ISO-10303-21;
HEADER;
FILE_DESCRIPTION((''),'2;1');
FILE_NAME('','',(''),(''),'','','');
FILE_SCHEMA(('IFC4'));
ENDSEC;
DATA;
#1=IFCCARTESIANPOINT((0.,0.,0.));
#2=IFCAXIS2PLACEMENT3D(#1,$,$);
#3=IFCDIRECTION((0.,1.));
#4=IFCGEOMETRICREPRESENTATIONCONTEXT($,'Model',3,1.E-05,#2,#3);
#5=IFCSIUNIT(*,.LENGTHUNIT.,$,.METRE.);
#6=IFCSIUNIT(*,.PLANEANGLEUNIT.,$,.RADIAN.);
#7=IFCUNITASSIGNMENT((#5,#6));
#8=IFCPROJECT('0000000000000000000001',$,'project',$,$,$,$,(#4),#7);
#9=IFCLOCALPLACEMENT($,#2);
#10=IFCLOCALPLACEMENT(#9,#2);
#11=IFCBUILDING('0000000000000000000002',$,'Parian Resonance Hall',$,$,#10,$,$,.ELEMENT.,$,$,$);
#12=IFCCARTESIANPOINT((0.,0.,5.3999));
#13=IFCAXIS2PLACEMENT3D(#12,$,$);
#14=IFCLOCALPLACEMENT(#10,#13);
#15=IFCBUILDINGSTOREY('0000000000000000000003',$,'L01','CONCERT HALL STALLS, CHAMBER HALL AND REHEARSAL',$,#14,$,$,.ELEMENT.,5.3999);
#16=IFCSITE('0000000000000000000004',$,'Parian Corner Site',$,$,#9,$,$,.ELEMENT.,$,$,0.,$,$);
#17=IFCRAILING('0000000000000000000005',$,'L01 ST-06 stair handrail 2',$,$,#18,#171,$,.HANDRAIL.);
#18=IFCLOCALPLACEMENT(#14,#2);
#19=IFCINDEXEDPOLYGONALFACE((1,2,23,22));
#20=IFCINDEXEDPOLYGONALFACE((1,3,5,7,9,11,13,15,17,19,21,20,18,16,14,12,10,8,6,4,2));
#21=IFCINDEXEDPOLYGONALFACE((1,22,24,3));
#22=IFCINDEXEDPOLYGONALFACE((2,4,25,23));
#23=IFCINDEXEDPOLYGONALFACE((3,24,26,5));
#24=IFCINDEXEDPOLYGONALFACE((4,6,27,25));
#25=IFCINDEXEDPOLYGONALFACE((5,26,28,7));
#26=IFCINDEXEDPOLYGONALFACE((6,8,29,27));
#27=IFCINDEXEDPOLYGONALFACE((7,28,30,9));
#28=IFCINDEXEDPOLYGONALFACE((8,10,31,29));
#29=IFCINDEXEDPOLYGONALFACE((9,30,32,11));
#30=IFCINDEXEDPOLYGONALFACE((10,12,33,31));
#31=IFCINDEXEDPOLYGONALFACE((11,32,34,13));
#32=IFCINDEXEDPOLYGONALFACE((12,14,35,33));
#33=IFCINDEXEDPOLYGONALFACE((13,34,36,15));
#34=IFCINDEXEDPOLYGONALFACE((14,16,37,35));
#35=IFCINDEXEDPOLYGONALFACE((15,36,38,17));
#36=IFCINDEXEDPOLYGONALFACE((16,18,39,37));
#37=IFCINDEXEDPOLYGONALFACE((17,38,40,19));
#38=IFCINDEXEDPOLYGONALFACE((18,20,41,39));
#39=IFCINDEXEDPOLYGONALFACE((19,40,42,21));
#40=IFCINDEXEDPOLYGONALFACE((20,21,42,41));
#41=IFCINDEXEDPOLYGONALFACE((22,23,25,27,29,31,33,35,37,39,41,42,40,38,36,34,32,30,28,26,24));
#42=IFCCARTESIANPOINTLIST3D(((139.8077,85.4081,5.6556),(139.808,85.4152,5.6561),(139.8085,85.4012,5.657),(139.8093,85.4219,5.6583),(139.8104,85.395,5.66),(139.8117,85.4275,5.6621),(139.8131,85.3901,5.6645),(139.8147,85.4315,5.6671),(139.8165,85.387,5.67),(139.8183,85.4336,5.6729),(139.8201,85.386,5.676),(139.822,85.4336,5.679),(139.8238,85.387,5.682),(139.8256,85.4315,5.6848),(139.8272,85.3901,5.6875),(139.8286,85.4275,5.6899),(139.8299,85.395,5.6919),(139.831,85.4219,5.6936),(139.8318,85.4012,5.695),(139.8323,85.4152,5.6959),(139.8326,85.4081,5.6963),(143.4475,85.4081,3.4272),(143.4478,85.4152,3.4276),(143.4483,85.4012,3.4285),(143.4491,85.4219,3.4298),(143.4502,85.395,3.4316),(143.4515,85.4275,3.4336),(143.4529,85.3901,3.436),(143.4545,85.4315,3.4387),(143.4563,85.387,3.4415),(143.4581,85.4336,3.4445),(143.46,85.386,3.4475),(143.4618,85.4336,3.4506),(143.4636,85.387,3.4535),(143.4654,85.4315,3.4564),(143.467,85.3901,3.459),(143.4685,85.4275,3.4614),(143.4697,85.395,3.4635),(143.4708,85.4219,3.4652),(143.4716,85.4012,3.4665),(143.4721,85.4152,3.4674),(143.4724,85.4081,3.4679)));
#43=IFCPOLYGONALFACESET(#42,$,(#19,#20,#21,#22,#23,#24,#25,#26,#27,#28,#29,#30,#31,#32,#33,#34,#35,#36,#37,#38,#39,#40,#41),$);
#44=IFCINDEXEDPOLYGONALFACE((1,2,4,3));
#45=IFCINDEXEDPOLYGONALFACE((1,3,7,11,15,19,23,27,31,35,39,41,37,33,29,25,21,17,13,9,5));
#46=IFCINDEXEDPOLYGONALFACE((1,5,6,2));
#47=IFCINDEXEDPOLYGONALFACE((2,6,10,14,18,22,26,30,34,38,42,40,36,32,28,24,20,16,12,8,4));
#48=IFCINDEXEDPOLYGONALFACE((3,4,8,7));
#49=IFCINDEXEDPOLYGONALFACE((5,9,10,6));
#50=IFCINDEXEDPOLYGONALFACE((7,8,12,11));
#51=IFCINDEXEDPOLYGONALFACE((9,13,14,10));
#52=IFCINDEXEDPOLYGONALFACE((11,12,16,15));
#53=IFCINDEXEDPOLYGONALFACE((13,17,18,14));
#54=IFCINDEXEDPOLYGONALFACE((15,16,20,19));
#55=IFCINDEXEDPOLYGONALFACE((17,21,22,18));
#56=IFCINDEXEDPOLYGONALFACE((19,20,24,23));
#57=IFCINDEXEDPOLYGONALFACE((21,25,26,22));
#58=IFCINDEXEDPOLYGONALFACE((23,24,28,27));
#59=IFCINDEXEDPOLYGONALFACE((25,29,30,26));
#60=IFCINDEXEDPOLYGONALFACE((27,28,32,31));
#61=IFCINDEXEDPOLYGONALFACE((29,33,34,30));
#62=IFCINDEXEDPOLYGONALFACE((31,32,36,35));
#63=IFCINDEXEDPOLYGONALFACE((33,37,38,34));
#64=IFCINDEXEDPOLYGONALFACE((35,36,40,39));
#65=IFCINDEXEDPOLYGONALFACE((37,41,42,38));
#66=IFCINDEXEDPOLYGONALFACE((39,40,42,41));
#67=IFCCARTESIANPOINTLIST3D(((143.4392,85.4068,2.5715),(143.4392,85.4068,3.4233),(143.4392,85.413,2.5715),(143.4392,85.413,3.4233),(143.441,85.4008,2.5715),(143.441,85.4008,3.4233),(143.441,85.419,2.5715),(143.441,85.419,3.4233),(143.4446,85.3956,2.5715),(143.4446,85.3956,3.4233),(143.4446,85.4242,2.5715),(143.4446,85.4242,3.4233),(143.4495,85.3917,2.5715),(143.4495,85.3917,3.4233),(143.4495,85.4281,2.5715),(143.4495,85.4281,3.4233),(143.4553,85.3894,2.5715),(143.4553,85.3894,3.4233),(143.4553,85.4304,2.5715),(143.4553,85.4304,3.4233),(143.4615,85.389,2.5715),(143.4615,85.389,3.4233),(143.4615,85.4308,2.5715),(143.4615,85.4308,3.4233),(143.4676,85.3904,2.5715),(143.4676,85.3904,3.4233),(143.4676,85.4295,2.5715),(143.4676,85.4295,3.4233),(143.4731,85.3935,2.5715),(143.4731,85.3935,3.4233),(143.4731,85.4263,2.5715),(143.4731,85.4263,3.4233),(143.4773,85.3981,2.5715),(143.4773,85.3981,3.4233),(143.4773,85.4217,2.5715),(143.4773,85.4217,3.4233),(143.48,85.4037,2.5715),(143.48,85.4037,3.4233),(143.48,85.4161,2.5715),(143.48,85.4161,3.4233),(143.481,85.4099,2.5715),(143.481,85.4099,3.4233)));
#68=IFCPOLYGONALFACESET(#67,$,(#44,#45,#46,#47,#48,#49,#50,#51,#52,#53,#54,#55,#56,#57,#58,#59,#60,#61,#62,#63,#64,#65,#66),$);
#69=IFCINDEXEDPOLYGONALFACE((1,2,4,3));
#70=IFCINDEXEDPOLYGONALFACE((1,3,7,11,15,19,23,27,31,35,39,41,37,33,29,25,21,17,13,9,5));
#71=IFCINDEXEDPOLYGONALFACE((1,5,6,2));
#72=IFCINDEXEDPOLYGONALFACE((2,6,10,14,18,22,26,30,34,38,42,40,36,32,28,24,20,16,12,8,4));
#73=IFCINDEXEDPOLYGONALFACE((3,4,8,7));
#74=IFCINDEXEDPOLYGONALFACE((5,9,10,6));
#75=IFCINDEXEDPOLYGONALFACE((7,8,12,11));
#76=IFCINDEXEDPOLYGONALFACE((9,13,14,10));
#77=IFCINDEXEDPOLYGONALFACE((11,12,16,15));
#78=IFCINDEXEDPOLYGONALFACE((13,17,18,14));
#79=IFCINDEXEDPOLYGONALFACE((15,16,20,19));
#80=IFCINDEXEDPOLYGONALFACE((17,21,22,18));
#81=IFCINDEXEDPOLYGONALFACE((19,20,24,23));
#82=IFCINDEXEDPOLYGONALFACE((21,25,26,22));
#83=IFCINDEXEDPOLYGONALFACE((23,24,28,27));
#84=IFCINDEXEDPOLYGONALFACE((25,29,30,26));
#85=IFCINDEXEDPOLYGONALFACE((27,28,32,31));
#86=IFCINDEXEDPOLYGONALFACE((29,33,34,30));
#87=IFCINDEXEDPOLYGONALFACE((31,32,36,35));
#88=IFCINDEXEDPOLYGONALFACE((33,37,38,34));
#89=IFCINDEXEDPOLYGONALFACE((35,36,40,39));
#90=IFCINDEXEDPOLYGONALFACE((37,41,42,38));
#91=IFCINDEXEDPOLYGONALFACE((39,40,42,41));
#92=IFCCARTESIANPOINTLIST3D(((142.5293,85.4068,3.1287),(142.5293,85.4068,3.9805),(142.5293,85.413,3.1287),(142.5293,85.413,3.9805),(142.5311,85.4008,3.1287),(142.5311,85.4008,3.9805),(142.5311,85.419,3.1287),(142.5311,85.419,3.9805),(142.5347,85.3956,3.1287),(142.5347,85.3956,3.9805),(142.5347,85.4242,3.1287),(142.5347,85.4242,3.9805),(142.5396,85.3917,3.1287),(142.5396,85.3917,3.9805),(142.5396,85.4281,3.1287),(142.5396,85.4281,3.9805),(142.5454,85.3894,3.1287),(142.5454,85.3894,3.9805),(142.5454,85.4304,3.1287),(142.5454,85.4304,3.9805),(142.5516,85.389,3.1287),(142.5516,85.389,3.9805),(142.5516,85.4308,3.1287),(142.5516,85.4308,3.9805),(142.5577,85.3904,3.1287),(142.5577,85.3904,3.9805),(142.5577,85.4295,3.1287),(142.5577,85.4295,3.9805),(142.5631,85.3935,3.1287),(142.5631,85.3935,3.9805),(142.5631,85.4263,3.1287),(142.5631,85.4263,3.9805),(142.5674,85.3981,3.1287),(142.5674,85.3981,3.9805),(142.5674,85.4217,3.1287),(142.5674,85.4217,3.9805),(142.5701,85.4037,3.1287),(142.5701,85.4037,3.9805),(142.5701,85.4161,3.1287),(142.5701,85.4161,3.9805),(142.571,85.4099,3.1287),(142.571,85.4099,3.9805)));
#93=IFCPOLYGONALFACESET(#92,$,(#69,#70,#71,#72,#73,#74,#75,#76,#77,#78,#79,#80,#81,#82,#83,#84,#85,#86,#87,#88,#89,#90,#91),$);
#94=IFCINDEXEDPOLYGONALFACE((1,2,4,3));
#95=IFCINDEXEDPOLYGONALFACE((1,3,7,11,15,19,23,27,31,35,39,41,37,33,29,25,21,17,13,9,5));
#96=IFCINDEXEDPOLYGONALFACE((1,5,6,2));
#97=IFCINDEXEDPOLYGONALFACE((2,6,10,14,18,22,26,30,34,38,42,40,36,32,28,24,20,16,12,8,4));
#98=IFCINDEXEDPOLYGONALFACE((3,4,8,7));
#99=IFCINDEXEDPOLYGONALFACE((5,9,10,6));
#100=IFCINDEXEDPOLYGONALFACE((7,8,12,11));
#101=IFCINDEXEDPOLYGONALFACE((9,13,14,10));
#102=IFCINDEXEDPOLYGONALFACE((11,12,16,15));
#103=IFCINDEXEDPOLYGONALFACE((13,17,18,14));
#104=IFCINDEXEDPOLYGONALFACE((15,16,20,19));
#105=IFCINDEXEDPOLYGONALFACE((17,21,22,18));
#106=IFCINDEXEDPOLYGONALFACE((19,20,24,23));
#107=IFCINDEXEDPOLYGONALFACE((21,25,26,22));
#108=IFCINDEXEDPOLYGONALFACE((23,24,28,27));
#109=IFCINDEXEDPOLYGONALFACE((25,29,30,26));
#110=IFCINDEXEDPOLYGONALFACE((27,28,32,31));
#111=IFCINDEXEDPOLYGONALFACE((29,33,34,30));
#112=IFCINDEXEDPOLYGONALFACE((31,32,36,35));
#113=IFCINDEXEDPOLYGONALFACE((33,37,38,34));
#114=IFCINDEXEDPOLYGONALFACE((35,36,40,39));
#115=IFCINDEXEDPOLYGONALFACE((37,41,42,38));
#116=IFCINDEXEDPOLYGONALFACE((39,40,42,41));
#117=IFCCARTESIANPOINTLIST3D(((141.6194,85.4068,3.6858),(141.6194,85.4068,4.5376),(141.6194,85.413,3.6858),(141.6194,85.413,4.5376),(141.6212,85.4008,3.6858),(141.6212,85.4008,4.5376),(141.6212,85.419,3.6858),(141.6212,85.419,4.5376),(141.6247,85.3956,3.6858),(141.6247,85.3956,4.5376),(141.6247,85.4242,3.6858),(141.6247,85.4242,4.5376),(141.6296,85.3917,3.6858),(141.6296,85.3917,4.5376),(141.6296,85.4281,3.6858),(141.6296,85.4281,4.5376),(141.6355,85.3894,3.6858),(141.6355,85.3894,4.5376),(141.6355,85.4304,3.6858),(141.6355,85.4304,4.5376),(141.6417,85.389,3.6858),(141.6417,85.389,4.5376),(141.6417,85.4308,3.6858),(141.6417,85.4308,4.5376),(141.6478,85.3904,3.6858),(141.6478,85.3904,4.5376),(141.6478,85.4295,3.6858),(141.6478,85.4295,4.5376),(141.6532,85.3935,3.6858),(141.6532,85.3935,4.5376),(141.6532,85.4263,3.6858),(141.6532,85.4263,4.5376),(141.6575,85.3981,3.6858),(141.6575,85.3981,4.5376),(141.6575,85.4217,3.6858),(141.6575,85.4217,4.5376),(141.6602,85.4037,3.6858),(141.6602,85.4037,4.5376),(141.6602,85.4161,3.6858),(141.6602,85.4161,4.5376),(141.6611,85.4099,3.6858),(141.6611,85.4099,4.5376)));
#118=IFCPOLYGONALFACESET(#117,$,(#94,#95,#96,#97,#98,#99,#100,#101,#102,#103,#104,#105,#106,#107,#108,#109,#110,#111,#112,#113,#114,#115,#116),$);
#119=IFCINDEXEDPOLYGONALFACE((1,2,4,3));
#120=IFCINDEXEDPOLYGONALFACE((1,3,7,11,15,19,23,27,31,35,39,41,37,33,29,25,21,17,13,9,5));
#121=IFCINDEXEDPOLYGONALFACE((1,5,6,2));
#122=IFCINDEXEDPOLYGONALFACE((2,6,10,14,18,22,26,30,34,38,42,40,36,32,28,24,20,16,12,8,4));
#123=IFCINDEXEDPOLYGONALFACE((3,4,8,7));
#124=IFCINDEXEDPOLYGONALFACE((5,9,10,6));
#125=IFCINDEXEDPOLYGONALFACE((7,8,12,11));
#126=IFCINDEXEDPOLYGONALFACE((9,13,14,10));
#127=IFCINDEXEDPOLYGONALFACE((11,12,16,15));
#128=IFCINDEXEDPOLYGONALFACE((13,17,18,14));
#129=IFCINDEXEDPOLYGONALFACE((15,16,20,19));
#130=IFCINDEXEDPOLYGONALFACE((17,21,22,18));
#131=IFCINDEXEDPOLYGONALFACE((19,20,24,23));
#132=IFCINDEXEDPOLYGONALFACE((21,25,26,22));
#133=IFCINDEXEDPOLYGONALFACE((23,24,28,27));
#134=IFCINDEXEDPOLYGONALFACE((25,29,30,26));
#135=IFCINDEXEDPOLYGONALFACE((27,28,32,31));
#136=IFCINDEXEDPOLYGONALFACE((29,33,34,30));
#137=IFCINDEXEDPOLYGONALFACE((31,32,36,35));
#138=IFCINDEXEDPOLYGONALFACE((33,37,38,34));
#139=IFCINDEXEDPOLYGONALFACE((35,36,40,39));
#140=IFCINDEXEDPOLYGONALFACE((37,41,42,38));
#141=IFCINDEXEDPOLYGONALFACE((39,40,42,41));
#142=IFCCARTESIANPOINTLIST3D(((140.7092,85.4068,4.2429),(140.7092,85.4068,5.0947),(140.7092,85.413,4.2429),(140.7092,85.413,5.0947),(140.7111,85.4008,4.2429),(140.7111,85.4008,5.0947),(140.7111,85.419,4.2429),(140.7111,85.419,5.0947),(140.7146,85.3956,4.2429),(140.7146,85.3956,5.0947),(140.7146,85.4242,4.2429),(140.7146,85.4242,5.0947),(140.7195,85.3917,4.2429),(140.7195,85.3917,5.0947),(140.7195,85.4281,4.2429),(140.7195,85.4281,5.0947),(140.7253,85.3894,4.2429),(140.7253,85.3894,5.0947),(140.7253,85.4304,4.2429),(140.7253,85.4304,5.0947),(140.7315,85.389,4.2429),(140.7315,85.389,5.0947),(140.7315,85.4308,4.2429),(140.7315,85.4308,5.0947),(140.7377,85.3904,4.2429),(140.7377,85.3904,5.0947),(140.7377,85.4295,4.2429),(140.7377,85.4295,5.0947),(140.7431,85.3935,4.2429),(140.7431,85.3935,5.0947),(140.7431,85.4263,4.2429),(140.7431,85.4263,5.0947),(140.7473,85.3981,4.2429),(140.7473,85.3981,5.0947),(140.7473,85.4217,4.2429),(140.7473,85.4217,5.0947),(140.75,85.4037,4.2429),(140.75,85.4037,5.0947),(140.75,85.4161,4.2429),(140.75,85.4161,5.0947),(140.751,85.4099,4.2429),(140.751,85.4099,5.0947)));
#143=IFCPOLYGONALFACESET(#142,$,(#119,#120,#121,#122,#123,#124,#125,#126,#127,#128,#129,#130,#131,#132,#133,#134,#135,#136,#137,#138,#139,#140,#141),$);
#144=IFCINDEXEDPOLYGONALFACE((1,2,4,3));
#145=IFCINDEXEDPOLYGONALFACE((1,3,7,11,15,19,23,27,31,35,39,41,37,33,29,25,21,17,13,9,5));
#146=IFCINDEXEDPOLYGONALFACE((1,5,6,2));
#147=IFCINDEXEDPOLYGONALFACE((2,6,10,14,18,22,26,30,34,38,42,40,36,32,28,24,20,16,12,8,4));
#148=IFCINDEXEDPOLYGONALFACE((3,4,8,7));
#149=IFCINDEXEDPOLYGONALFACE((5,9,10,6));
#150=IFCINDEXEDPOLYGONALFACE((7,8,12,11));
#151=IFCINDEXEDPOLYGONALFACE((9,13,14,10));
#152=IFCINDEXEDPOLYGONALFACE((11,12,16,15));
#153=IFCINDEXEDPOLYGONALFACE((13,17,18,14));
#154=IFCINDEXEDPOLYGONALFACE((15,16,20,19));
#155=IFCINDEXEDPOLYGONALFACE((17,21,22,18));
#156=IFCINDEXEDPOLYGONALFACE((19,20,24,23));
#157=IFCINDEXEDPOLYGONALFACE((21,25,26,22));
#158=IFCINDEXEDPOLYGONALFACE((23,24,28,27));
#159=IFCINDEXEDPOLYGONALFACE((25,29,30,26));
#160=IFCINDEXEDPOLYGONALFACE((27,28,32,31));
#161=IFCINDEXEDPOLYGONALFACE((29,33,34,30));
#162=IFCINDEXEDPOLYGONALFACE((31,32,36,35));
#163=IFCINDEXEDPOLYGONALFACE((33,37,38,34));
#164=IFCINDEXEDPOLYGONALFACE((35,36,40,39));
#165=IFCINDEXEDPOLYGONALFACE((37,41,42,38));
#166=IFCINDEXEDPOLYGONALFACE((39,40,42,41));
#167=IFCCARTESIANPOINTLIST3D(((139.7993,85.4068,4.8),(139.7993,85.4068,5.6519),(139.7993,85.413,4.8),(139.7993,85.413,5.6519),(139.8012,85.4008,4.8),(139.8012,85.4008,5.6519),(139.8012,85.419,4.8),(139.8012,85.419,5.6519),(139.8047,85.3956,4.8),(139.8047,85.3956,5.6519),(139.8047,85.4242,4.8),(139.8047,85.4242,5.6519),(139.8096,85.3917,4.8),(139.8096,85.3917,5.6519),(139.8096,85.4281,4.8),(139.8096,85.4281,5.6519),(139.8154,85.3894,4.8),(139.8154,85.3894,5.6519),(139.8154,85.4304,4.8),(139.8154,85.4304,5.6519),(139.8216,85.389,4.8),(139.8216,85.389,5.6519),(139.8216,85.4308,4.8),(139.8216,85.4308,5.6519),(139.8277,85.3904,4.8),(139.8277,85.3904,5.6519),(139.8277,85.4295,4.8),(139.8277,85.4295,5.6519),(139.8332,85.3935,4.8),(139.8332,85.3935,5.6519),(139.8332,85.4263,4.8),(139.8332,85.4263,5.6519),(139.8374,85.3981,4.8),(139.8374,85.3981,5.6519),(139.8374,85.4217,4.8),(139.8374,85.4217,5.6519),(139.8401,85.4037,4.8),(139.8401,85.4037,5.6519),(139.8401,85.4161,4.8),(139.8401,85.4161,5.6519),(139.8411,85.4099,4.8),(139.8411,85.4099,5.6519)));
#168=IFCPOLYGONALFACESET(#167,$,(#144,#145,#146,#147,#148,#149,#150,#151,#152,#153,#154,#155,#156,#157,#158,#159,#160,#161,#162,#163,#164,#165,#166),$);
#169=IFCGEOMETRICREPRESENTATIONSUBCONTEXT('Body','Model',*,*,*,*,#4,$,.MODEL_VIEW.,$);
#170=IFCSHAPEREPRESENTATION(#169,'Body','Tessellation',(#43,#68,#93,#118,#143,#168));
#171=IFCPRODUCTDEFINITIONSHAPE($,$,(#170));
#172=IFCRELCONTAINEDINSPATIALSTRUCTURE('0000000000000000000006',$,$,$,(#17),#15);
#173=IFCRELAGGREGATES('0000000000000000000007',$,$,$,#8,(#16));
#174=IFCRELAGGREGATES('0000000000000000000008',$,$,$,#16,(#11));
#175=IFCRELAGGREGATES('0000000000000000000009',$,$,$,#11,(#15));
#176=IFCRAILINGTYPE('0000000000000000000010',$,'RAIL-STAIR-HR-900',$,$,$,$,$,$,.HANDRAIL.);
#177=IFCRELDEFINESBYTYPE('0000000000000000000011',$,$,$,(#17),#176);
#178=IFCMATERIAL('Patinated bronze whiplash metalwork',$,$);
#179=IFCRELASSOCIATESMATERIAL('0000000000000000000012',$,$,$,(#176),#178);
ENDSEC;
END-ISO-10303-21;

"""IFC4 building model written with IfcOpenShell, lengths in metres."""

from ifc_helpers import new_model, si_unit, direction, frame, origin, origin_2d, place, context, subcontext, project, spatial, circle, extrude, material, type_object, element, save


model = new_model("IFC4")

# Units and contexts
model_context = context("Model", 3, precision=1e-05, world=origin(), true_north=direction((0.0, 1.0)))
body_context = subcontext(model_context, "Body", "Model", "MODEL_VIEW")
ifc_project = project(units=[si_unit("LENGTHUNIT", "METRE"), si_unit("PLANEANGLEUNIT", "RADIAN")], contexts=[model_context])

# Site, building, storey
site_placement = place(None, origin())
site = spatial("IfcSite", under=ifc_project, at=site_placement, Name="Parian Corner Site", CompositionType="ELEMENT", RefElevation=0.0)
building_placement = place(site_placement, origin())
building = spatial("IfcBuilding", under=site, at=building_placement, Name="Parian Resonance Hall", CompositionType="ELEMENT")
storey_placement = place(building_placement, frame((0.0, 0.0, 5.3999)))
storey = spatial("IfcBuildingStorey", under=building, at=storey_placement, Name="L01", Description="CONCERT HALL STALLS, CHAMBER HALL AND REHEARSAL", CompositionType="ELEMENT", Elevation=5.3999)

# Railing
ifc_material_1 = material(Name="Patinated bronze whiplash metalwork")
railing_type_1 = type_object("IfcRailingType", Name="RAIL-STAIR-HR-900", PredefinedType="HANDRAIL", material=ifc_material_1)
railing_1_placement = place(storey_placement, frame((143.46, 85.4099, 2.5715)))
element("IfcRailing", 1, at=railing_1_placement, inside=storey, type_object=railing_type_1, Name="L01 ST-06 stair handrail 2", PredefinedType="HANDRAIL", context=body_context, shape_type="SweptSolid", body=[
    extrude(circle(Radius=0.0239, at=origin_2d()), frame((0.0, 0.0, 0.876), z_axis=(-0.85285, 0.0, 0.522156), x_axis=(0.0, -1.0, 0.0)), (0.0, 0.0, 1.0), 4.2678),
    extrude(circle(Radius=0.021, at=origin_2d()), origin(), (0.0, 0.0, 1.0), 0.8518),
    extrude(circle(Radius=0.021, at=origin_2d()), frame((-0.9099, 0.0, 0.5571)), (0.0, 0.0, 1.0), 0.8518),
    extrude(circle(Radius=0.021, at=origin_2d()), frame((-1.8198, 0.0, 1.1143)), (0.0, 0.0, 1.0), 0.8518),
    extrude(circle(Radius=0.021, at=origin_2d()), frame((-2.73, 0.0, 1.6714)), (0.0, 0.0, 1.0), 0.8518),
    extrude(circle(Radius=0.021, at=origin_2d()), frame((-3.6399, 0.0, 2.2285)), (0.0, 0.0, 1.0), 0.8518),
])

save(model, "model.ifc")
